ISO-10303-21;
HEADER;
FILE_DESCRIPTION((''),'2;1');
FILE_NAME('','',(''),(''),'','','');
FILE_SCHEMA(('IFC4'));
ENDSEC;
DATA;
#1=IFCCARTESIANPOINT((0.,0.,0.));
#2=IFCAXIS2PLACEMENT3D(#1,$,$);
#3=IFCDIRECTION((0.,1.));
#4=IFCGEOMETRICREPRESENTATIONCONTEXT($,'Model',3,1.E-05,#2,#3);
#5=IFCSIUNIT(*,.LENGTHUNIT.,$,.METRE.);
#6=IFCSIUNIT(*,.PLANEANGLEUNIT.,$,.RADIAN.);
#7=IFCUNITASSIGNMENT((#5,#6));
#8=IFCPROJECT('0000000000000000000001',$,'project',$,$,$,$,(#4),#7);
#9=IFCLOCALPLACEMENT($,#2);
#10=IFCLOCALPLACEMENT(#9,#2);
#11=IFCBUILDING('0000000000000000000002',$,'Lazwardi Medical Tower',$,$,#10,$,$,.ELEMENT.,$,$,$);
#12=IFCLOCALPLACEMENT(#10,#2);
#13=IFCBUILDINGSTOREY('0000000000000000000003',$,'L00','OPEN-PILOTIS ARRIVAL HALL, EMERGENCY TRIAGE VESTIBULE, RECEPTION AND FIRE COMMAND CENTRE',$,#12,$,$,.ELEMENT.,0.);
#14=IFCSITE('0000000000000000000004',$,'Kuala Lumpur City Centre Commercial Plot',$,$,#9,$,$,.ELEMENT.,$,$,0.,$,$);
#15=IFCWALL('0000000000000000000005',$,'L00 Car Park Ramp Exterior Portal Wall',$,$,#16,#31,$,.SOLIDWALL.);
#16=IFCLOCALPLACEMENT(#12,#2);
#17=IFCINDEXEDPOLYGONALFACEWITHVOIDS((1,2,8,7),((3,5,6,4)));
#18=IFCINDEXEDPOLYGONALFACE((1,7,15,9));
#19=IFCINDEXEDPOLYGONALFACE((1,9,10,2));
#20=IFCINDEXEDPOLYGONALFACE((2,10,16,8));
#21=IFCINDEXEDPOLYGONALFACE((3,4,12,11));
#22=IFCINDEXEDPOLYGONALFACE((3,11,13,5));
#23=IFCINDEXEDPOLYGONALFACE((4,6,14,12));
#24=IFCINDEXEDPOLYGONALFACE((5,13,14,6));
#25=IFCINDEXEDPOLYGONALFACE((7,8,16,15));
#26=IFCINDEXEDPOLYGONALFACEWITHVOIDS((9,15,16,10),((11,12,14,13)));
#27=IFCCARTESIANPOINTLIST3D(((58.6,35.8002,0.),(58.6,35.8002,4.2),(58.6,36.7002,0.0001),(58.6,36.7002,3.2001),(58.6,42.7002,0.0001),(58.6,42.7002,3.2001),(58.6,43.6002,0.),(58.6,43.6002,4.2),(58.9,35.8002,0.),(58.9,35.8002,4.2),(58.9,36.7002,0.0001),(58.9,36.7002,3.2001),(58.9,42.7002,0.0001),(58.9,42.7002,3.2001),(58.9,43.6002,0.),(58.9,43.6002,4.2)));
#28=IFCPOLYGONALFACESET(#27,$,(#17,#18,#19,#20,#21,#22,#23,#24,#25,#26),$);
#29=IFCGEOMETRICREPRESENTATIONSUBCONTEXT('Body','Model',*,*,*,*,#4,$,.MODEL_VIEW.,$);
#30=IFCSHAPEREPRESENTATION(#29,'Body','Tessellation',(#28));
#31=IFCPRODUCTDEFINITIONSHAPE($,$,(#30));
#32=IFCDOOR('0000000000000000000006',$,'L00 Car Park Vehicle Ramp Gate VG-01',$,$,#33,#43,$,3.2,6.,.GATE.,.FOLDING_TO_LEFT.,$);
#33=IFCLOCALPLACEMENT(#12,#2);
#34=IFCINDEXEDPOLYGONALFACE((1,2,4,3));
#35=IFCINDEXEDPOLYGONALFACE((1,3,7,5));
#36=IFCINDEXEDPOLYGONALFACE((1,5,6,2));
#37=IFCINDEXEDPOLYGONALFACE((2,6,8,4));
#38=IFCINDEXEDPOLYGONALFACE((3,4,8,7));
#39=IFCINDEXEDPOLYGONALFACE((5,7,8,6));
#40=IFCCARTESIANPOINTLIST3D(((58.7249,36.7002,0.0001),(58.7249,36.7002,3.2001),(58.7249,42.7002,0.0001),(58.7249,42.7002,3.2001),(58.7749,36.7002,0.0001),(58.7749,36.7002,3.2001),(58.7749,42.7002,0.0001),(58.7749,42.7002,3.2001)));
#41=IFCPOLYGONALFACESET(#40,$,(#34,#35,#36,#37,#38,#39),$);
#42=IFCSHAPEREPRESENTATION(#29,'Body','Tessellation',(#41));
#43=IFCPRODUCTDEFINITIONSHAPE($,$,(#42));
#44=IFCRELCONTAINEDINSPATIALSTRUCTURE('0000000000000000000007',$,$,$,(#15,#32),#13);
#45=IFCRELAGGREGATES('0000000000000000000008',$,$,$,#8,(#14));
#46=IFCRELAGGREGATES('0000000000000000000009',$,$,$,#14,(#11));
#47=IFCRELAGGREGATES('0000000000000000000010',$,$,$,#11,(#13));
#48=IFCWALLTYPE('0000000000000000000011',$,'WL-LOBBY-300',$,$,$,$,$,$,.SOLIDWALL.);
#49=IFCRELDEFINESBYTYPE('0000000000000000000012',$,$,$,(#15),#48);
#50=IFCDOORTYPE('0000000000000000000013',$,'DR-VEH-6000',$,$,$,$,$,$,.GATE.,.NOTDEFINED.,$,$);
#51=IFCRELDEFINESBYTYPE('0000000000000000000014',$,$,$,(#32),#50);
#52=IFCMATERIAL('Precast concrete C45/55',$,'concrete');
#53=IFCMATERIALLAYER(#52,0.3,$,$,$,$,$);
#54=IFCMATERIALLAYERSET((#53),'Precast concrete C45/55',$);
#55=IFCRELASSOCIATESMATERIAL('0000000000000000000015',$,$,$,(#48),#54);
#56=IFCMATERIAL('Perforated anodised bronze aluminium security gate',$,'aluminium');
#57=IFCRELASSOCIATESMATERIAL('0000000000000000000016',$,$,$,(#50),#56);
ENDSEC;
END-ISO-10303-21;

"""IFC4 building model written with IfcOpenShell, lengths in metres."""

from ifc_helpers import new_model, si_unit, direction, frame, frame_2d, origin, place, context, subcontext, project, spatial, rectangle, extrude, material, layer, layer_set, type_object, element, fill, save


model = new_model("IFC4")

# Units and contexts
model_context = context("Model", 3, precision=1e-05, world=origin(), true_north=direction((0.0, 1.0)))
body_context = subcontext(model_context, "Body", "Model", "MODEL_VIEW")
ifc_project = project(units=[si_unit("LENGTHUNIT", "METRE"), si_unit("PLANEANGLEUNIT", "RADIAN")], contexts=[model_context])

# Site, building, storey
site_placement = place(None, origin())
site = spatial("IfcSite", under=ifc_project, at=site_placement, Name="Kuala Lumpur City Centre Commercial Plot", CompositionType="ELEMENT", RefElevation=0.0)
building_placement = place(site_placement, origin())
building = spatial("IfcBuilding", under=site, at=building_placement, Name="Lazwardi Medical Tower", CompositionType="ELEMENT")
storey_placement = place(building_placement, origin())
storey = spatial("IfcBuildingStorey", under=building, at=storey_placement, Name="L00", Description="OPEN-PILOTIS ARRIVAL HALL, EMERGENCY TRIAGE VESTIBULE, RECEPTION AND FIRE COMMAND CENTRE", CompositionType="ELEMENT", Elevation=0.0)

# Wall, opening, door
ifc_material_1 = material(Name="Precast concrete C45/55", Category="concrete")
ifc_layer_1 = layer(ifc_material_1, 0.3)
ifc_layer_set_1 = layer_set([ifc_layer_1], Name="Precast concrete C45/55")
wall_type = type_object("IfcWallType", Name="WL-LOBBY-300", PredefinedType="SOLIDWALL", material=ifc_layer_set_1)
wall_placement = place(storey_placement, frame((58.75, 43.6001, 0.0), z_axis=(0.0, 0.0, 1.0), x_axis=(0.0, -1.0, 0.0)))
wall = element("IfcWall", 1, at=wall_placement, inside=storey, type_object=wall_type, Name="L00 Car Park Ramp Exterior Portal Wall", PredefinedType="SOLIDWALL", context=body_context, shape_type="SweptSolid", body=[
    extrude(rectangle(XDim=7.8, YDim=0.3, at=frame_2d((3.8999, 0.0))), origin(), (0.0, 0.0, 1.0), 4.2),
])
opening_placement = place(wall_placement, frame((0.8999, 0.0, 0.0)))
opening = element("IfcOpeningElement", 2, at=opening_placement, cuts=wall, PredefinedType="OPENING", context=body_context, shape_type="SweptSolid", body=[
    extrude(rectangle(XDim=6.0, YDim=3.2, at=frame_2d((3.0, 1.6001))), frame((0.0, 0.1599, 0.0), z_axis=(0.0, -1.0, 0.0), x_axis=(1.0, 0.0, 0.0)), (0.0, 0.0, 1.0), 0.3201),
])
ifc_material_2 = material(Name="Perforated anodised bronze aluminium security gate", Category="aluminium")
door_type = type_object("IfcDoorType", Name="DR-VEH-6000", OperationType="NOTDEFINED", PredefinedType="GATE", material=ifc_material_2)
door_placement = place(opening_placement, origin())
door = element("IfcDoor", 3, at=door_placement, inside=storey, type_object=door_type, Name="L00 Car Park Vehicle Ramp Gate VG-01", OperationType="FOLDING_TO_LEFT", OverallHeight=3.2, OverallWidth=6.0, PredefinedType="GATE", context=body_context, shape_type="SweptSolid", body=[
    extrude(rectangle(XDim=6.0, YDim=3.2, at=frame_2d((3.0, 1.6001))), frame((0.0, 0.0249, 0.0), z_axis=(0.0, -1.0, 0.0), x_axis=(1.0, 0.0, 0.0)), (0.0, 0.0, 1.0), 0.05),
])
fill(opening, door)

save(model, "model.ifc")
